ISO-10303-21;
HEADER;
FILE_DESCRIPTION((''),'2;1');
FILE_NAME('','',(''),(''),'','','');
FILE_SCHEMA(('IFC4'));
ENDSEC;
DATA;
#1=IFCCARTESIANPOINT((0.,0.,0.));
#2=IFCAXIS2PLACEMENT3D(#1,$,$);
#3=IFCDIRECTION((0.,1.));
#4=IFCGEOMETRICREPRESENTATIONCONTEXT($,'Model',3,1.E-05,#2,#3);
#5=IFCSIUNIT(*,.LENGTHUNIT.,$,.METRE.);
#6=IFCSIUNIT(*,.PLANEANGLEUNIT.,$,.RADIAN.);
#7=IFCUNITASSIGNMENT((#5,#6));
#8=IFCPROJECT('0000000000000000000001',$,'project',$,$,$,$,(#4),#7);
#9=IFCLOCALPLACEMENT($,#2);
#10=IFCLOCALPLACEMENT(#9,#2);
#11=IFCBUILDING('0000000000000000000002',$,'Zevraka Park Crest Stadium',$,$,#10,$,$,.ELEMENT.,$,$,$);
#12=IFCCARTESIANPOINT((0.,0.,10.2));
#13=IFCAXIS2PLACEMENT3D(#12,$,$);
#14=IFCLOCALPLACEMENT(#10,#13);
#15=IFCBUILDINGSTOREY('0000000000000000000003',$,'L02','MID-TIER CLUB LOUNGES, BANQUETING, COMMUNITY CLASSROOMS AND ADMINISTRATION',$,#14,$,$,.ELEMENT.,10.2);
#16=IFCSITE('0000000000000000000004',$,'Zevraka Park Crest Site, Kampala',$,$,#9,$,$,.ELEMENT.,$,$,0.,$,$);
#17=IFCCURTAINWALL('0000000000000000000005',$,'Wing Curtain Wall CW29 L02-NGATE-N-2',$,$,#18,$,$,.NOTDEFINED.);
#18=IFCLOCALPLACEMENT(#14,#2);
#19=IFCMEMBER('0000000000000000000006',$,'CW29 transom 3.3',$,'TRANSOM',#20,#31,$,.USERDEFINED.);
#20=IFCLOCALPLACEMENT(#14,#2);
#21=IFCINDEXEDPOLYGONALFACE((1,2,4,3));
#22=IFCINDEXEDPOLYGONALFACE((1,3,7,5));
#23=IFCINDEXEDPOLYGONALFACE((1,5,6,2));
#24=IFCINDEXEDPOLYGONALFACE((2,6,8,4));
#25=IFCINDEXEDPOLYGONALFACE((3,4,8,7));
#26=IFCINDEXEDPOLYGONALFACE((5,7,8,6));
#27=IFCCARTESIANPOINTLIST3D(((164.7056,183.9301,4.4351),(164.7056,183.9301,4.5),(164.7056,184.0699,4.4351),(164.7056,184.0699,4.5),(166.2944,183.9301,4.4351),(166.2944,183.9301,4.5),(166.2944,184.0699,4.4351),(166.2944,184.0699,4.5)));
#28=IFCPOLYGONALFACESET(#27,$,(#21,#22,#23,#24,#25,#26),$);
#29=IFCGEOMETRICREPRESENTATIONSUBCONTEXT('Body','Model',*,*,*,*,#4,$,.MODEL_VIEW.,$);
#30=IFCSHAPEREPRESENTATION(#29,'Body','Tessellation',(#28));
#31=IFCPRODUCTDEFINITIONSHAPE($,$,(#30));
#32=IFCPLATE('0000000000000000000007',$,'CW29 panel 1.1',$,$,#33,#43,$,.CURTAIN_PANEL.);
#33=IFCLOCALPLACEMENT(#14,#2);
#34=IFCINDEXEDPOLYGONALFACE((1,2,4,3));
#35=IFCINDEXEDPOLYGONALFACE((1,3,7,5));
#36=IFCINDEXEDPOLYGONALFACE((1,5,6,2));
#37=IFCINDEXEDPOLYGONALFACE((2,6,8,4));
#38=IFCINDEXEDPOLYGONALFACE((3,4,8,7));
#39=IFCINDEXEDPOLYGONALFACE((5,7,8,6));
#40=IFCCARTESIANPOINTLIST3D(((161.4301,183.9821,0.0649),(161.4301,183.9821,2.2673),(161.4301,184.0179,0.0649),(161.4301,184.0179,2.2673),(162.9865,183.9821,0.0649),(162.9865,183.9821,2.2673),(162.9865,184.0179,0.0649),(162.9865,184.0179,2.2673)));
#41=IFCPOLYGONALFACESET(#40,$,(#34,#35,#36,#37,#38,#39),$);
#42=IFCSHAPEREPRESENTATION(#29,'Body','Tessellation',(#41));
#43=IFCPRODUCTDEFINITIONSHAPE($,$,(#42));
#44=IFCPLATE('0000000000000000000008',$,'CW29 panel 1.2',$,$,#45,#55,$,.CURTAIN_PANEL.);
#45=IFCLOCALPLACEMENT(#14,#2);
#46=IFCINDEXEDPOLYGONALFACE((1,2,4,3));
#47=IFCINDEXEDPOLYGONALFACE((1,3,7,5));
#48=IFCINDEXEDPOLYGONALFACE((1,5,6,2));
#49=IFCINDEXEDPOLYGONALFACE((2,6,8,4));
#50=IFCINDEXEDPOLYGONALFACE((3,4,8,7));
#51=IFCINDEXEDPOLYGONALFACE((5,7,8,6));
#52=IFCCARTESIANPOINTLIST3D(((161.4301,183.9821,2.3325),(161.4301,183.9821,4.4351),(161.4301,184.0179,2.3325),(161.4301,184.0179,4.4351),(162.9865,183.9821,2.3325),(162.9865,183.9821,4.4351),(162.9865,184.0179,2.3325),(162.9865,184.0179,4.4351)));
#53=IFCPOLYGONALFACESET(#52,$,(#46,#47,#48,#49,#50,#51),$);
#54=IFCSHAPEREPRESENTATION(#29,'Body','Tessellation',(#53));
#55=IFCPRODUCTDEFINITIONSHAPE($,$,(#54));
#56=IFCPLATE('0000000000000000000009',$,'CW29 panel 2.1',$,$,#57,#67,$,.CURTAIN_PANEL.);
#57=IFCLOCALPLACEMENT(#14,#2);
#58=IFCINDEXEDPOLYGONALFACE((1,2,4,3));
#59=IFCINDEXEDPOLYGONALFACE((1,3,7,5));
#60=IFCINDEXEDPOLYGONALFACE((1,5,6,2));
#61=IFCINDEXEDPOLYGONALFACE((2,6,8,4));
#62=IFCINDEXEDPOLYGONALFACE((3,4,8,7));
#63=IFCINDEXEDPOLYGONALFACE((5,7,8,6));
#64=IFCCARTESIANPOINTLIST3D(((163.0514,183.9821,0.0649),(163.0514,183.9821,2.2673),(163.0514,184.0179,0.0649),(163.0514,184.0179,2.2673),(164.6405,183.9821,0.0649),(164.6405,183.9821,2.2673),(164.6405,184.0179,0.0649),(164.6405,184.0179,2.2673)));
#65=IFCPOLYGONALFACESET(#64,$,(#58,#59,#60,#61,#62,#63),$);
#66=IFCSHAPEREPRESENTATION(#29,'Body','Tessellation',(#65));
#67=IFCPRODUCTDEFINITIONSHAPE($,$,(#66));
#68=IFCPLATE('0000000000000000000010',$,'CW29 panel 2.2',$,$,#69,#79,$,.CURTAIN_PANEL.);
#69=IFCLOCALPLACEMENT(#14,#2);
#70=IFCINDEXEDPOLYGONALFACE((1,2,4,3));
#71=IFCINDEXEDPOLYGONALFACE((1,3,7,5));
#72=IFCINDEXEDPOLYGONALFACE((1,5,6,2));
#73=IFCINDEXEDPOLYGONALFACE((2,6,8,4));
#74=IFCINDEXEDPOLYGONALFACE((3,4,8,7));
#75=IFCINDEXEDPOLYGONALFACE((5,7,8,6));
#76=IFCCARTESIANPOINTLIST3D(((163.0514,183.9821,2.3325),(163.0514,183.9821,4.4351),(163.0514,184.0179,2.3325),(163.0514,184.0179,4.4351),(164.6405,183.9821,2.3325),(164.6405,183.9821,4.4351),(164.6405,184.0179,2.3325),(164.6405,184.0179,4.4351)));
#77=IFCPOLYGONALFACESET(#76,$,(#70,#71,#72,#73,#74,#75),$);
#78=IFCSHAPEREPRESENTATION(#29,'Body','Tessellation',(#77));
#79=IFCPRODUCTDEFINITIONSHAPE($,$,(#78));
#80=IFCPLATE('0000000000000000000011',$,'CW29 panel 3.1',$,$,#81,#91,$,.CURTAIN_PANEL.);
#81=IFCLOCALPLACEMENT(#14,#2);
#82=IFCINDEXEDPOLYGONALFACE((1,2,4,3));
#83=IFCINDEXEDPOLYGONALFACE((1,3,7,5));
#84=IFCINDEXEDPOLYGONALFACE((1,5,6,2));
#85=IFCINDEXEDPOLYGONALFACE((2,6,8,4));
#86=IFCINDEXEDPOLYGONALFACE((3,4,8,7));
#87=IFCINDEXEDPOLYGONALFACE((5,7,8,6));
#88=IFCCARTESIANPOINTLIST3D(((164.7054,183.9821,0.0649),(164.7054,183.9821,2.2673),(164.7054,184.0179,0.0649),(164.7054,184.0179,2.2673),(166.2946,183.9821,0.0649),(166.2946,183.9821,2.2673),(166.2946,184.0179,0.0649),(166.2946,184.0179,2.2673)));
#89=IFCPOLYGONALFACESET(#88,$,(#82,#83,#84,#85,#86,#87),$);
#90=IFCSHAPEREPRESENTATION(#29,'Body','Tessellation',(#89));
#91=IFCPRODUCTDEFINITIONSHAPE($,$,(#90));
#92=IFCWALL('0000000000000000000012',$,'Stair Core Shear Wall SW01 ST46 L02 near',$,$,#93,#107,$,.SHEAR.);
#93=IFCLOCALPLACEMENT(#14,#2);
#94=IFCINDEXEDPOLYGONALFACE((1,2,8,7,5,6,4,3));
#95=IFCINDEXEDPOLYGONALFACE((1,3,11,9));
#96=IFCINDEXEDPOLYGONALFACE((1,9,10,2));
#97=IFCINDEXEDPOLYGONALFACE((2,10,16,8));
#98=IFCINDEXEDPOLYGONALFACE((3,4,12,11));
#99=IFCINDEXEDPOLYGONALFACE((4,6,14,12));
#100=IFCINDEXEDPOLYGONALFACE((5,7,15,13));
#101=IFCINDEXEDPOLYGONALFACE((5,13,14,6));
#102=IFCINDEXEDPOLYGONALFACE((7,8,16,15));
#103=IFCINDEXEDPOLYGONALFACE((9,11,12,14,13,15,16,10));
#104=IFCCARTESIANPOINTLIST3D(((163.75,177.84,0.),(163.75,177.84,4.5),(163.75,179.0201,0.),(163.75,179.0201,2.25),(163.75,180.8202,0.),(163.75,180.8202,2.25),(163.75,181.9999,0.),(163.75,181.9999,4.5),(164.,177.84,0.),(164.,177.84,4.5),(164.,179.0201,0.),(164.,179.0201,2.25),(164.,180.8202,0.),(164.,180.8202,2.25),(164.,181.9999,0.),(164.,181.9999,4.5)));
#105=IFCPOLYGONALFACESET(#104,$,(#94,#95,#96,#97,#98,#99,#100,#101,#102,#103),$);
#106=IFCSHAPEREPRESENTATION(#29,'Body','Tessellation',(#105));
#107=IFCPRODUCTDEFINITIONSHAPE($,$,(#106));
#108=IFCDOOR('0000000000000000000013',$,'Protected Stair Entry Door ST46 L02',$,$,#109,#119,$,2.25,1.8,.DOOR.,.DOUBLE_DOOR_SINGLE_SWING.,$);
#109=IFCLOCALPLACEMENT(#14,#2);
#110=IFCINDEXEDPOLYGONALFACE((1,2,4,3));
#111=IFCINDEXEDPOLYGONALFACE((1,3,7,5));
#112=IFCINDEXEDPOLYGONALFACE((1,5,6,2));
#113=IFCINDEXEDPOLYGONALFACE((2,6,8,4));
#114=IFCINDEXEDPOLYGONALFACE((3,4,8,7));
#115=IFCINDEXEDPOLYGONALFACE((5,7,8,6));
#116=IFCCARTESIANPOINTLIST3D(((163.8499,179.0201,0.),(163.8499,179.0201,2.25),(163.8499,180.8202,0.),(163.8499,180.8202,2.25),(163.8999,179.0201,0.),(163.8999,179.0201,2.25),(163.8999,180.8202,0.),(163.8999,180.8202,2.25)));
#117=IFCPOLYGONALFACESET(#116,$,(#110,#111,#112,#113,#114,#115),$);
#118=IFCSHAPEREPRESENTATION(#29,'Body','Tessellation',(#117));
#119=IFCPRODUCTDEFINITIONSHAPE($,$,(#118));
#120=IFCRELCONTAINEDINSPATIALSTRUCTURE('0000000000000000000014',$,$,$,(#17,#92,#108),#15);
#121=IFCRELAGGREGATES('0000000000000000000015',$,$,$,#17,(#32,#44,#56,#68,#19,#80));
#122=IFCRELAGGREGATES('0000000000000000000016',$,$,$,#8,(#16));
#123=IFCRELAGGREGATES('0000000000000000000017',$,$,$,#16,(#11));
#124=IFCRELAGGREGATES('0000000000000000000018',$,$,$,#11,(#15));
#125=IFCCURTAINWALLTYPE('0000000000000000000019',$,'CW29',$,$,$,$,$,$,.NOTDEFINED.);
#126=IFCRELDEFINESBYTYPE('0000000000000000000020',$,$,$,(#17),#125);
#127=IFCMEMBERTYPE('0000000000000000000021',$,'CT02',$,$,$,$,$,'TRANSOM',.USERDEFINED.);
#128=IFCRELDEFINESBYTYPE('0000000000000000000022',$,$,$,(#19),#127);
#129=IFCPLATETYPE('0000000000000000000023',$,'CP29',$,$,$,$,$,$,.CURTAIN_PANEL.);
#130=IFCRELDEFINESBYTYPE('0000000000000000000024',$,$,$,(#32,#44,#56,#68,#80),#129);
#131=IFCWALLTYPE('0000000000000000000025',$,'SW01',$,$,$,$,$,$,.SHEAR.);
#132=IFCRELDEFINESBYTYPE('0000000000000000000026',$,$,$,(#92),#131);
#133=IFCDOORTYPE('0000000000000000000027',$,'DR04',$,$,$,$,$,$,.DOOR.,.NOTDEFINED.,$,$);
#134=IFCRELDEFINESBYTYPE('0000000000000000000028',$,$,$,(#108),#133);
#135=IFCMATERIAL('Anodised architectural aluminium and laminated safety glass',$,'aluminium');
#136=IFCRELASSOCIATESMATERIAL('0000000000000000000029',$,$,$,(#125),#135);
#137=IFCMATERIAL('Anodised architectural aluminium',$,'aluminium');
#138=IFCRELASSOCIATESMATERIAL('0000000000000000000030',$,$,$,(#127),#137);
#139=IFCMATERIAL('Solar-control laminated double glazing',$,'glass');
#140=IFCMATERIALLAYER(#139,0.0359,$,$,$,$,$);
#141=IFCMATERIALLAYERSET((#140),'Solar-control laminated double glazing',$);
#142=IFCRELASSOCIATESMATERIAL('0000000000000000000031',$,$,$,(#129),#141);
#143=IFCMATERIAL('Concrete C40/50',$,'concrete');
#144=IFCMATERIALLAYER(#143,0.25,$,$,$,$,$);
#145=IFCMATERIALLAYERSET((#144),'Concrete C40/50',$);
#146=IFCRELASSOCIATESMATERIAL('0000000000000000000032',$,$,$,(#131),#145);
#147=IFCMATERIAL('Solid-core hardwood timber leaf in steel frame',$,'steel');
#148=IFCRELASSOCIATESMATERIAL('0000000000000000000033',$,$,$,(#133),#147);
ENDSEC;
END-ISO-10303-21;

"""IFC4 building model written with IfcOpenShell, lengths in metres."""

from ifc_helpers import new_model, si_unit, direction, frame, frame_2d, origin, origin_2d, place, context, subcontext, project, spatial, rectangle, extrude, material, layer, layer_set, material_profile, profile_set, type_object, element, fill, aggregate, save


model = new_model("IFC4")

# Units and contexts
model_context = context("Model", 3, precision=1e-05, world=origin(), true_north=direction((0.0, 1.0)))
body_context = subcontext(model_context, "Body", "Model", "MODEL_VIEW")
ifc_project = project(units=[si_unit("LENGTHUNIT", "METRE"), si_unit("PLANEANGLEUNIT", "RADIAN")], contexts=[model_context])

# Site, building, storey
site_placement = place(None, origin())
site = spatial("IfcSite", under=ifc_project, at=site_placement, Name="Zevraka Park Crest Site, Kampala", CompositionType="ELEMENT", RefElevation=0.0)
building_placement = place(site_placement, origin())
building = spatial("IfcBuilding", under=site, at=building_placement, Name="Zevraka Park Crest Stadium", CompositionType="ELEMENT")
storey_placement = place(building_placement, frame((0.0, 0.0, 10.2)))
storey = spatial("IfcBuildingStorey", under=building, at=storey_placement, Name="L02", Description="MID-TIER CLUB LOUNGES, BANQUETING, COMMUNITY CLASSROOMS AND ADMINISTRATION", CompositionType="ELEMENT", Elevation=10.2)

# Curtain wall, member, plates
ifc_material_1 = material(Name="Anodised architectural aluminium and laminated safety glass", Category="aluminium")
curtain_wall_type = type_object("IfcCurtainWallType", Name="CW29", PredefinedType="NOTDEFINED", material=ifc_material_1)
curtain_wall_placement = place(storey_placement, origin())
curtain_wall = element("IfcCurtainWall", 1, at=curtain_wall_placement, inside=storey, type_object=curtain_wall_type, Name="Wing Curtain Wall CW29 L02-NGATE-N-2", PredefinedType="NOTDEFINED")
ifc_material_2 = material(Name="Anodised architectural aluminium", Category="aluminium")
ifc_material_profile_1 = material_profile(ifc_material_2, rectangle(XDim=0.1399, YDim=0.0649, at=origin_2d()), Name="ALU TRANSOM 140x65")
ifc_profile_set_1 = profile_set([ifc_material_profile_1], Name="Anodised architectural aluminium")
member_type_1 = type_object("IfcMemberType", Name="CT02", ElementType="TRANSOM", PredefinedType="USERDEFINED", material=ifc_profile_set_1)
member_1_placement = place(storey_placement, frame((164.7056, 184.0, 4.4675), z_axis=(1.0, 0.0, 0.0), x_axis=(0.0, 1.0, 0.0)))
member_1 = element("IfcMember", 2, at=member_1_placement, type_object=member_type_1, Name="CW29 transom 3.3", ObjectType="TRANSOM", PredefinedType="USERDEFINED", context=body_context, shape_type="SweptSolid", body=[
    extrude(rectangle(XDim=0.1399, YDim=0.0649, at=origin_2d()), origin(), (0.0, 0.0, 1.0), 1.5889),
])
ifc_material_3 = material(Name="Solar-control laminated double glazing", Category="glass")
ifc_layer_1 = layer(ifc_material_3, 0.0359)
ifc_layer_set_1 = layer_set([ifc_layer_1], Name="Solar-control laminated double glazing")
plate_type = type_object("IfcPlateType", Name="CP29", PredefinedType="CURTAIN_PANEL", material=ifc_layer_set_1)
plate_1_placement = place(storey_placement, frame((162.2083, 184.0, 0.0649), z_axis=(0.0, 0.0, 1.0), x_axis=(1.0, 0.0, 0.0)))
plate_1 = element("IfcPlate", 3, at=plate_1_placement, type_object=plate_type, Name="CW29 panel 1.1", PredefinedType="CURTAIN_PANEL", context=body_context, shape_type="SweptSolid", body=[
    extrude(rectangle(XDim=1.5564, YDim=0.0359, at=origin_2d()), origin(), (0.0, 0.0, 1.0), 2.2024),
])
plate_2_placement = place(storey_placement, frame((162.2083, 184.0, 2.3325), z_axis=(0.0, 0.0, 1.0), x_axis=(1.0, 0.0, 0.0)))
plate_2 = element("IfcPlate", 4, at=plate_2_placement, type_object=plate_type, Name="CW29 panel 1.2", PredefinedType="CURTAIN_PANEL", context=body_context, shape_type="SweptSolid", body=[
    extrude(rectangle(XDim=1.5564, YDim=0.0359, at=origin_2d()), origin(), (0.0, 0.0, 1.0), 2.1025),
])
plate_3_placement = place(storey_placement, frame((163.8459, 184.0, 0.0649), z_axis=(0.0, 0.0, 1.0), x_axis=(1.0, 0.0, 0.0)))
plate_3 = element("IfcPlate", 5, at=plate_3_placement, type_object=plate_type, Name="CW29 panel 2.1", PredefinedType="CURTAIN_PANEL", context=body_context, shape_type="SweptSolid", body=[
    extrude(rectangle(XDim=1.5891, YDim=0.0359, at=origin_2d()), origin(), (0.0, 0.0, 1.0), 2.2024),
])
plate_4_placement = place(storey_placement, frame((163.8459, 184.0, 2.3325), z_axis=(0.0, 0.0, 1.0), x_axis=(1.0, 0.0, 0.0)))
plate_4 = element("IfcPlate", 6, at=plate_4_placement, type_object=plate_type, Name="CW29 panel 2.2", PredefinedType="CURTAIN_PANEL", context=body_context, shape_type="SweptSolid", body=[
    extrude(rectangle(XDim=1.5891, YDim=0.0359, at=origin_2d()), origin(), (0.0, 0.0, 1.0), 2.1025),
])
plate_5_placement = place(storey_placement, frame((165.5, 184.0, 0.0649), z_axis=(0.0, 0.0, 1.0), x_axis=(1.0, 0.0, 0.0)))
plate_5 = element("IfcPlate", 7, at=plate_5_placement, type_object=plate_type, Name="CW29 panel 3.1", PredefinedType="CURTAIN_PANEL", context=body_context, shape_type="SweptSolid", body=[
    extrude(rectangle(XDim=1.5891, YDim=0.0359, at=origin_2d()), origin(), (0.0, 0.0, 1.0), 2.2024),
])
aggregate(curtain_wall, [plate_1, plate_2, plate_3, plate_4, member_1, plate_5])

# Wall, opening, door
ifc_material_4 = material(Name="Concrete C40/50", Category="concrete")
ifc_layer_2 = layer(ifc_material_4, 0.25)
ifc_layer_set_2 = layer_set([ifc_layer_2], Name="Concrete C40/50")
wall_type = type_object("IfcWallType", Name="SW01", PredefinedType="SHEAR", material=ifc_layer_set_2)
wall_placement = place(storey_placement, frame((163.875, 182.0, 0.0), z_axis=(0.0, 0.0, 1.0), x_axis=(0.0, -1.0, 0.0)))
wall = element("IfcWall", 8, at=wall_placement, inside=storey, type_object=wall_type, Name="Stair Core Shear Wall SW01 ST46 L02 near", PredefinedType="SHEAR", context=body_context, shape_type="SweptSolid", body=[
    extrude(rectangle(XDim=4.1599, YDim=0.25, at=frame_2d((2.0801, 0.0))), origin(), (0.0, 0.0, 1.0), 4.5),
])
opening_placement = place(wall_placement, frame((1.1799, 0.0, 0.0)))
opening = element("IfcOpeningElement", 9, at=opening_placement, cuts=wall, PredefinedType="OPENING", context=body_context, shape_type="SweptSolid", body=[
    extrude(rectangle(XDim=1.8, YDim=2.25, at=frame_2d((0.8999, 1.125))), frame((0.0, 0.135, 0.0), z_axis=(0.0, -1.0, 0.0), x_axis=(1.0, 0.0, 0.0)), (0.0, 0.0, 1.0), 0.27),
])
ifc_material_5 = material(Name="Solid-core hardwood timber leaf in steel frame", Category="steel")
door_type = type_object("IfcDoorType", Name="DR04", OperationType="NOTDEFINED", PredefinedType="DOOR", material=ifc_material_5)
door_placement = place(opening_placement, origin())
door = element("IfcDoor", 10, at=door_placement, inside=storey, type_object=door_type, Name="Protected Stair Entry Door ST46 L02", OperationType="DOUBLE_DOOR_SINGLE_SWING", OverallHeight=2.25, OverallWidth=1.8, PredefinedType="DOOR", context=body_context, shape_type="SweptSolid", body=[
    extrude(rectangle(XDim=1.8, YDim=2.25, at=frame_2d((0.8999, 1.125))), frame((0.0, 0.0249, 0.0), z_axis=(0.0, -1.0, 0.0), x_axis=(1.0, 0.0, 0.0)), (0.0, 0.0, 1.0), 0.05),
])
fill(opening, door)

save(model, "model.ifc")
